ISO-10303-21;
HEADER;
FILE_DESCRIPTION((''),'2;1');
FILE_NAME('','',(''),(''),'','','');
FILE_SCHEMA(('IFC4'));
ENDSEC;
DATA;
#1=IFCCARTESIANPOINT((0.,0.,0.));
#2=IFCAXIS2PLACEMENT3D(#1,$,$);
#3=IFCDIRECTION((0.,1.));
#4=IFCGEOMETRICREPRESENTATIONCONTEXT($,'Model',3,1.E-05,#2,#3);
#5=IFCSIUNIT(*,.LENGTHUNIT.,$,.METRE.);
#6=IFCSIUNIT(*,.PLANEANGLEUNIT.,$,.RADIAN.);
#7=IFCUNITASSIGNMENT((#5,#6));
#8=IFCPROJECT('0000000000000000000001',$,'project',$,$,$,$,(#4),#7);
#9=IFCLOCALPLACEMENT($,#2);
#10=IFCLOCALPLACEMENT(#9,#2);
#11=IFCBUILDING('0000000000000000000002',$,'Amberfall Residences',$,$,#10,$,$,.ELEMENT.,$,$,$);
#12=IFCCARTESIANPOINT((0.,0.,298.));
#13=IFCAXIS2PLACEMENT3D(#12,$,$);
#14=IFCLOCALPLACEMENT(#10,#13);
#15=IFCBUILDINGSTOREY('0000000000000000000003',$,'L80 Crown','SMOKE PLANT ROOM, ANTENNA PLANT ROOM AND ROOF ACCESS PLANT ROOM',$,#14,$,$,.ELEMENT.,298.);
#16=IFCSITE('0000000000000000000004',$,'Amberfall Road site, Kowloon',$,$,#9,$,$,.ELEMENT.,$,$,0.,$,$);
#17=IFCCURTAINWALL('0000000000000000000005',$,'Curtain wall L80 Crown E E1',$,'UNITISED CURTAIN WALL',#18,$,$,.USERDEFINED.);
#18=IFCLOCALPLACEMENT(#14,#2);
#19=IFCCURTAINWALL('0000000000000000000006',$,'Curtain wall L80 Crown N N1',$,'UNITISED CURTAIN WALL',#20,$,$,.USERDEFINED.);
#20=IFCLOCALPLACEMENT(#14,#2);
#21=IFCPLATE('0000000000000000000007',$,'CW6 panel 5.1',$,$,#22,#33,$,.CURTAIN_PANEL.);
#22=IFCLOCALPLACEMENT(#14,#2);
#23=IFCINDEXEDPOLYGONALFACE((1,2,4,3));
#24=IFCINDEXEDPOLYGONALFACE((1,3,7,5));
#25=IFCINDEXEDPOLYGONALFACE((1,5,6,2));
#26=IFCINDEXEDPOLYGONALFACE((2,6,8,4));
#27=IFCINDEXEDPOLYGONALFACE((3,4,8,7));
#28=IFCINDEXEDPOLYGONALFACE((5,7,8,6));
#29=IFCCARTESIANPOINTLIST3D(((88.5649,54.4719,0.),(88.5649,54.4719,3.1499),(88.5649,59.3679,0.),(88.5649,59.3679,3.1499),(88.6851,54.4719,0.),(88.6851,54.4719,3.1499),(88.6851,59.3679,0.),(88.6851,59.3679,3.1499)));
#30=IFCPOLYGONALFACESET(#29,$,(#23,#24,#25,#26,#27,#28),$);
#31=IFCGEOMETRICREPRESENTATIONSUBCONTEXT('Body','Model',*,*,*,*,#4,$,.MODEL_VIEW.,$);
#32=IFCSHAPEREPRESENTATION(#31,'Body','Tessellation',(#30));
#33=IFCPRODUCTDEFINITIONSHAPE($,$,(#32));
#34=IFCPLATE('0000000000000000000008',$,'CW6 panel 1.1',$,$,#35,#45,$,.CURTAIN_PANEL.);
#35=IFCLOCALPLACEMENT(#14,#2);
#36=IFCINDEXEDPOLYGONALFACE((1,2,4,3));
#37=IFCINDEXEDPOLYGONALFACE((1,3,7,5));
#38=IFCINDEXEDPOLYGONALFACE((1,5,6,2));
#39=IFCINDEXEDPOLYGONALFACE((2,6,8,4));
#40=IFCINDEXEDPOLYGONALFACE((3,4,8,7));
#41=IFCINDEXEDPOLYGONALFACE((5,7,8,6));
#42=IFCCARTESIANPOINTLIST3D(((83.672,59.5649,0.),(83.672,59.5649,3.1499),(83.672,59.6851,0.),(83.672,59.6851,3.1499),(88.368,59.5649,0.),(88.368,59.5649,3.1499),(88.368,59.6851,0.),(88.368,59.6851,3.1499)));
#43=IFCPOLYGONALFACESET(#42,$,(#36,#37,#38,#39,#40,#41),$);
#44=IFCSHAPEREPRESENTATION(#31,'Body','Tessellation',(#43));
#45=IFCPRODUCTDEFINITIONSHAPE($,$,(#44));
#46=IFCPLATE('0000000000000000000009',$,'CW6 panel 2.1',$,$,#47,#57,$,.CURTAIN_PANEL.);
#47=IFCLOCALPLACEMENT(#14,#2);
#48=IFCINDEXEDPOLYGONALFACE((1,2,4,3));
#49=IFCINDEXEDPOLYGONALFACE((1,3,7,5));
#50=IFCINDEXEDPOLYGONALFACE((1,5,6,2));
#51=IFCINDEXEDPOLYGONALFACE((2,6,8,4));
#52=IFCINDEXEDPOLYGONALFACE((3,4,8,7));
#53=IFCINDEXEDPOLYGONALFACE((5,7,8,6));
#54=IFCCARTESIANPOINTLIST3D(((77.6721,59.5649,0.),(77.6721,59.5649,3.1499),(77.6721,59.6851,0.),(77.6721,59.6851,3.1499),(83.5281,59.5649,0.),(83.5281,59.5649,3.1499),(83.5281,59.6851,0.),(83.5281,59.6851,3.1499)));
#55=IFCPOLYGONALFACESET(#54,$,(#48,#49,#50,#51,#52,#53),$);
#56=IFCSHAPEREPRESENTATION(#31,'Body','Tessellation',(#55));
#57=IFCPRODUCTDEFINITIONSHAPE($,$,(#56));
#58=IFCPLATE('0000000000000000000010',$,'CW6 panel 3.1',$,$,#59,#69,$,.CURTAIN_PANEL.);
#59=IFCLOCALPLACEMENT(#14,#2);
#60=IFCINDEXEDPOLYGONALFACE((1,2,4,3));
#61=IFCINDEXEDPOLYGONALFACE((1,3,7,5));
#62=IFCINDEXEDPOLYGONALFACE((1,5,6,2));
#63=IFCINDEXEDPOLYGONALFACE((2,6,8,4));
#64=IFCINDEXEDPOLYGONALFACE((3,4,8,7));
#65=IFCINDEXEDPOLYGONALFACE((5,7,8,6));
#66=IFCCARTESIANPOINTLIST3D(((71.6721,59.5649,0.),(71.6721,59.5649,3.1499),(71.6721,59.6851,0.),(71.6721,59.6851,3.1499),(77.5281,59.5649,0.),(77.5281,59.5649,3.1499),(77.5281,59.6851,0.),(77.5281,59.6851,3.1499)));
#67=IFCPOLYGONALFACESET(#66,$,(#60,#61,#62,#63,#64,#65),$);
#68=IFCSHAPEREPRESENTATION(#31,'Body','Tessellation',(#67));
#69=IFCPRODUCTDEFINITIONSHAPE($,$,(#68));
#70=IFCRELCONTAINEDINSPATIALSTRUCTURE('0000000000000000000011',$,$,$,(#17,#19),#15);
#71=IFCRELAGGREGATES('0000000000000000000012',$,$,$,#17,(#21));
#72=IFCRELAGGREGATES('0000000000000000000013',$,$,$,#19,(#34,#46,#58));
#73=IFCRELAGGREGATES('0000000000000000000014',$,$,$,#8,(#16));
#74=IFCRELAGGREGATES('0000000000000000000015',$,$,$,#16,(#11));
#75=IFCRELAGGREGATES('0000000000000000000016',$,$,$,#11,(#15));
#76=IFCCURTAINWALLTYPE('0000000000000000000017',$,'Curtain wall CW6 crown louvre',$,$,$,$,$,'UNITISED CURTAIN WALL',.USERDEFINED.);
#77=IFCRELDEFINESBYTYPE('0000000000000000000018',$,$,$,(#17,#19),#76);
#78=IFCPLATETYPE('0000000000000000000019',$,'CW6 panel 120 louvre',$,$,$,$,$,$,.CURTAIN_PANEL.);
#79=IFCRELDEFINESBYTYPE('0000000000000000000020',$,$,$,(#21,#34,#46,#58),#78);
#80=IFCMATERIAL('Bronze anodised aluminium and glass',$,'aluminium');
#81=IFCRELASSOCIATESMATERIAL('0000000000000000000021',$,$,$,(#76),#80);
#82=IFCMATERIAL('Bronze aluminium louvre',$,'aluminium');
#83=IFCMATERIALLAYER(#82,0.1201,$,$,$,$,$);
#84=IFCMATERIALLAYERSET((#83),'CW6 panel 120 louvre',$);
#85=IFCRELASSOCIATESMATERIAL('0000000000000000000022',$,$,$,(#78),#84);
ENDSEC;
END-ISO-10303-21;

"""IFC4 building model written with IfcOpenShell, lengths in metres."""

from ifc_helpers import new_model, si_unit, direction, frame, origin, origin_2d, place, context, subcontext, project, spatial, rectangle, extrude, material, layer, layer_set, type_object, element, aggregate, save


model = new_model("IFC4")

# Units and contexts
model_context = context("Model", 3, precision=1e-05, world=origin(), true_north=direction((0.0, 1.0)))
body_context = subcontext(model_context, "Body", "Model", "MODEL_VIEW")
ifc_project = project(units=[si_unit("LENGTHUNIT", "METRE"), si_unit("PLANEANGLEUNIT", "RADIAN")], contexts=[model_context])

# Site, building, storey
site_placement = place(None, origin())
site = spatial("IfcSite", under=ifc_project, at=site_placement, Name="Amberfall Road site, Kowloon", CompositionType="ELEMENT", RefElevation=0.0)
building_placement = place(site_placement, origin())
building = spatial("IfcBuilding", under=site, at=building_placement, Name="Amberfall Residences", CompositionType="ELEMENT")
storey_placement = place(building_placement, frame((0.0, 0.0, 298.0)))
storey = spatial("IfcBuildingStorey", under=building, at=storey_placement, Name="L80 Crown", Description="SMOKE PLANT ROOM, ANTENNA PLANT ROOM AND ROOF ACCESS PLANT ROOM", CompositionType="ELEMENT", Elevation=298.0)

# Curtain wall
ifc_material_1 = material(Name="Bronze anodised aluminium and glass", Category="aluminium")
curtain_wall_type = type_object("IfcCurtainWallType", Name="Curtain wall CW6 crown louvre", ElementType="UNITISED CURTAIN WALL", PredefinedType="USERDEFINED", material=ifc_material_1)
curtain_wall_1_placement = place(storey_placement, origin())
curtain_wall_1 = element("IfcCurtainWall", 1, at=curtain_wall_1_placement, inside=storey, type_object=curtain_wall_type, Name="Curtain wall L80 Crown E E1", ObjectType="UNITISED CURTAIN WALL", PredefinedType="USERDEFINED")

# Curtain wall
curtain_wall_2_placement = place(storey_placement, origin())
curtain_wall_2 = element("IfcCurtainWall", 2, at=curtain_wall_2_placement, inside=storey, type_object=curtain_wall_type, Name="Curtain wall L80 Crown N N1", ObjectType="UNITISED CURTAIN WALL", PredefinedType="USERDEFINED")

# Plates
ifc_material_2 = material(Name="Bronze aluminium louvre", Category="aluminium")
ifc_layer = layer(ifc_material_2, 0.1201)
ifc_layer_set = layer_set([ifc_layer], Name="CW6 panel 120 louvre")
plate_type = type_object("IfcPlateType", Name="CW6 panel 120 louvre", PredefinedType="CURTAIN_PANEL", material=ifc_layer_set)
plate_1_placement = place(storey_placement, frame((88.625, 56.9199, 0.0), z_axis=(0.0, 0.0, 1.0), x_axis=(0.0, 1.0, 0.0)))
plate_1 = element("IfcPlate", 3, at=plate_1_placement, type_object=plate_type, Name="CW6 panel 5.1", PredefinedType="CURTAIN_PANEL", context=body_context, shape_type="SweptSolid", body=[
    extrude(rectangle(XDim=4.896, YDim=0.1201, at=origin_2d()), origin(), (0.0, 0.0, 1.0), 3.1499),
])
aggregate(curtain_wall_1, [plate_1])
plate_2_placement = place(storey_placement, frame((86.02, 59.625, 0.0), z_axis=(0.0, 0.0, 1.0), x_axis=(-1.0, 0.0, 0.0)))
plate_2 = element("IfcPlate", 4, at=plate_2_placement, type_object=plate_type, Name="CW6 panel 1.1", PredefinedType="CURTAIN_PANEL", context=body_context, shape_type="SweptSolid", body=[
    extrude(rectangle(XDim=4.696, YDim=0.1201, at=origin_2d()), origin(), (0.0, 0.0, 1.0), 3.1499),
])
plate_3_placement = place(storey_placement, frame((80.6001, 59.625, 0.0), z_axis=(0.0, 0.0, 1.0), x_axis=(-1.0, 0.0, 0.0)))
plate_3 = element("IfcPlate", 5, at=plate_3_placement, type_object=plate_type, Name="CW6 panel 2.1", PredefinedType="CURTAIN_PANEL", context=body_context, shape_type="SweptSolid", body=[
    extrude(rectangle(XDim=5.856, YDim=0.1201, at=origin_2d()), origin(), (0.0, 0.0, 1.0), 3.1499),
])
plate_4_placement = place(storey_placement, frame((74.6001, 59.625, 0.0), z_axis=(0.0, 0.0, 1.0), x_axis=(-1.0, 0.0, 0.0)))
plate_4 = element("IfcPlate", 6, at=plate_4_placement, type_object=plate_type, Name="CW6 panel 3.1", PredefinedType="CURTAIN_PANEL", context=body_context, shape_type="SweptSolid", body=[
    extrude(rectangle(XDim=5.856, YDim=0.1201, at=origin_2d()), origin(), (0.0, 0.0, 1.0), 3.1499),
])
aggregate(curtain_wall_2, [plate_2, plate_3, plate_4])

save(model, "model.ifc")
